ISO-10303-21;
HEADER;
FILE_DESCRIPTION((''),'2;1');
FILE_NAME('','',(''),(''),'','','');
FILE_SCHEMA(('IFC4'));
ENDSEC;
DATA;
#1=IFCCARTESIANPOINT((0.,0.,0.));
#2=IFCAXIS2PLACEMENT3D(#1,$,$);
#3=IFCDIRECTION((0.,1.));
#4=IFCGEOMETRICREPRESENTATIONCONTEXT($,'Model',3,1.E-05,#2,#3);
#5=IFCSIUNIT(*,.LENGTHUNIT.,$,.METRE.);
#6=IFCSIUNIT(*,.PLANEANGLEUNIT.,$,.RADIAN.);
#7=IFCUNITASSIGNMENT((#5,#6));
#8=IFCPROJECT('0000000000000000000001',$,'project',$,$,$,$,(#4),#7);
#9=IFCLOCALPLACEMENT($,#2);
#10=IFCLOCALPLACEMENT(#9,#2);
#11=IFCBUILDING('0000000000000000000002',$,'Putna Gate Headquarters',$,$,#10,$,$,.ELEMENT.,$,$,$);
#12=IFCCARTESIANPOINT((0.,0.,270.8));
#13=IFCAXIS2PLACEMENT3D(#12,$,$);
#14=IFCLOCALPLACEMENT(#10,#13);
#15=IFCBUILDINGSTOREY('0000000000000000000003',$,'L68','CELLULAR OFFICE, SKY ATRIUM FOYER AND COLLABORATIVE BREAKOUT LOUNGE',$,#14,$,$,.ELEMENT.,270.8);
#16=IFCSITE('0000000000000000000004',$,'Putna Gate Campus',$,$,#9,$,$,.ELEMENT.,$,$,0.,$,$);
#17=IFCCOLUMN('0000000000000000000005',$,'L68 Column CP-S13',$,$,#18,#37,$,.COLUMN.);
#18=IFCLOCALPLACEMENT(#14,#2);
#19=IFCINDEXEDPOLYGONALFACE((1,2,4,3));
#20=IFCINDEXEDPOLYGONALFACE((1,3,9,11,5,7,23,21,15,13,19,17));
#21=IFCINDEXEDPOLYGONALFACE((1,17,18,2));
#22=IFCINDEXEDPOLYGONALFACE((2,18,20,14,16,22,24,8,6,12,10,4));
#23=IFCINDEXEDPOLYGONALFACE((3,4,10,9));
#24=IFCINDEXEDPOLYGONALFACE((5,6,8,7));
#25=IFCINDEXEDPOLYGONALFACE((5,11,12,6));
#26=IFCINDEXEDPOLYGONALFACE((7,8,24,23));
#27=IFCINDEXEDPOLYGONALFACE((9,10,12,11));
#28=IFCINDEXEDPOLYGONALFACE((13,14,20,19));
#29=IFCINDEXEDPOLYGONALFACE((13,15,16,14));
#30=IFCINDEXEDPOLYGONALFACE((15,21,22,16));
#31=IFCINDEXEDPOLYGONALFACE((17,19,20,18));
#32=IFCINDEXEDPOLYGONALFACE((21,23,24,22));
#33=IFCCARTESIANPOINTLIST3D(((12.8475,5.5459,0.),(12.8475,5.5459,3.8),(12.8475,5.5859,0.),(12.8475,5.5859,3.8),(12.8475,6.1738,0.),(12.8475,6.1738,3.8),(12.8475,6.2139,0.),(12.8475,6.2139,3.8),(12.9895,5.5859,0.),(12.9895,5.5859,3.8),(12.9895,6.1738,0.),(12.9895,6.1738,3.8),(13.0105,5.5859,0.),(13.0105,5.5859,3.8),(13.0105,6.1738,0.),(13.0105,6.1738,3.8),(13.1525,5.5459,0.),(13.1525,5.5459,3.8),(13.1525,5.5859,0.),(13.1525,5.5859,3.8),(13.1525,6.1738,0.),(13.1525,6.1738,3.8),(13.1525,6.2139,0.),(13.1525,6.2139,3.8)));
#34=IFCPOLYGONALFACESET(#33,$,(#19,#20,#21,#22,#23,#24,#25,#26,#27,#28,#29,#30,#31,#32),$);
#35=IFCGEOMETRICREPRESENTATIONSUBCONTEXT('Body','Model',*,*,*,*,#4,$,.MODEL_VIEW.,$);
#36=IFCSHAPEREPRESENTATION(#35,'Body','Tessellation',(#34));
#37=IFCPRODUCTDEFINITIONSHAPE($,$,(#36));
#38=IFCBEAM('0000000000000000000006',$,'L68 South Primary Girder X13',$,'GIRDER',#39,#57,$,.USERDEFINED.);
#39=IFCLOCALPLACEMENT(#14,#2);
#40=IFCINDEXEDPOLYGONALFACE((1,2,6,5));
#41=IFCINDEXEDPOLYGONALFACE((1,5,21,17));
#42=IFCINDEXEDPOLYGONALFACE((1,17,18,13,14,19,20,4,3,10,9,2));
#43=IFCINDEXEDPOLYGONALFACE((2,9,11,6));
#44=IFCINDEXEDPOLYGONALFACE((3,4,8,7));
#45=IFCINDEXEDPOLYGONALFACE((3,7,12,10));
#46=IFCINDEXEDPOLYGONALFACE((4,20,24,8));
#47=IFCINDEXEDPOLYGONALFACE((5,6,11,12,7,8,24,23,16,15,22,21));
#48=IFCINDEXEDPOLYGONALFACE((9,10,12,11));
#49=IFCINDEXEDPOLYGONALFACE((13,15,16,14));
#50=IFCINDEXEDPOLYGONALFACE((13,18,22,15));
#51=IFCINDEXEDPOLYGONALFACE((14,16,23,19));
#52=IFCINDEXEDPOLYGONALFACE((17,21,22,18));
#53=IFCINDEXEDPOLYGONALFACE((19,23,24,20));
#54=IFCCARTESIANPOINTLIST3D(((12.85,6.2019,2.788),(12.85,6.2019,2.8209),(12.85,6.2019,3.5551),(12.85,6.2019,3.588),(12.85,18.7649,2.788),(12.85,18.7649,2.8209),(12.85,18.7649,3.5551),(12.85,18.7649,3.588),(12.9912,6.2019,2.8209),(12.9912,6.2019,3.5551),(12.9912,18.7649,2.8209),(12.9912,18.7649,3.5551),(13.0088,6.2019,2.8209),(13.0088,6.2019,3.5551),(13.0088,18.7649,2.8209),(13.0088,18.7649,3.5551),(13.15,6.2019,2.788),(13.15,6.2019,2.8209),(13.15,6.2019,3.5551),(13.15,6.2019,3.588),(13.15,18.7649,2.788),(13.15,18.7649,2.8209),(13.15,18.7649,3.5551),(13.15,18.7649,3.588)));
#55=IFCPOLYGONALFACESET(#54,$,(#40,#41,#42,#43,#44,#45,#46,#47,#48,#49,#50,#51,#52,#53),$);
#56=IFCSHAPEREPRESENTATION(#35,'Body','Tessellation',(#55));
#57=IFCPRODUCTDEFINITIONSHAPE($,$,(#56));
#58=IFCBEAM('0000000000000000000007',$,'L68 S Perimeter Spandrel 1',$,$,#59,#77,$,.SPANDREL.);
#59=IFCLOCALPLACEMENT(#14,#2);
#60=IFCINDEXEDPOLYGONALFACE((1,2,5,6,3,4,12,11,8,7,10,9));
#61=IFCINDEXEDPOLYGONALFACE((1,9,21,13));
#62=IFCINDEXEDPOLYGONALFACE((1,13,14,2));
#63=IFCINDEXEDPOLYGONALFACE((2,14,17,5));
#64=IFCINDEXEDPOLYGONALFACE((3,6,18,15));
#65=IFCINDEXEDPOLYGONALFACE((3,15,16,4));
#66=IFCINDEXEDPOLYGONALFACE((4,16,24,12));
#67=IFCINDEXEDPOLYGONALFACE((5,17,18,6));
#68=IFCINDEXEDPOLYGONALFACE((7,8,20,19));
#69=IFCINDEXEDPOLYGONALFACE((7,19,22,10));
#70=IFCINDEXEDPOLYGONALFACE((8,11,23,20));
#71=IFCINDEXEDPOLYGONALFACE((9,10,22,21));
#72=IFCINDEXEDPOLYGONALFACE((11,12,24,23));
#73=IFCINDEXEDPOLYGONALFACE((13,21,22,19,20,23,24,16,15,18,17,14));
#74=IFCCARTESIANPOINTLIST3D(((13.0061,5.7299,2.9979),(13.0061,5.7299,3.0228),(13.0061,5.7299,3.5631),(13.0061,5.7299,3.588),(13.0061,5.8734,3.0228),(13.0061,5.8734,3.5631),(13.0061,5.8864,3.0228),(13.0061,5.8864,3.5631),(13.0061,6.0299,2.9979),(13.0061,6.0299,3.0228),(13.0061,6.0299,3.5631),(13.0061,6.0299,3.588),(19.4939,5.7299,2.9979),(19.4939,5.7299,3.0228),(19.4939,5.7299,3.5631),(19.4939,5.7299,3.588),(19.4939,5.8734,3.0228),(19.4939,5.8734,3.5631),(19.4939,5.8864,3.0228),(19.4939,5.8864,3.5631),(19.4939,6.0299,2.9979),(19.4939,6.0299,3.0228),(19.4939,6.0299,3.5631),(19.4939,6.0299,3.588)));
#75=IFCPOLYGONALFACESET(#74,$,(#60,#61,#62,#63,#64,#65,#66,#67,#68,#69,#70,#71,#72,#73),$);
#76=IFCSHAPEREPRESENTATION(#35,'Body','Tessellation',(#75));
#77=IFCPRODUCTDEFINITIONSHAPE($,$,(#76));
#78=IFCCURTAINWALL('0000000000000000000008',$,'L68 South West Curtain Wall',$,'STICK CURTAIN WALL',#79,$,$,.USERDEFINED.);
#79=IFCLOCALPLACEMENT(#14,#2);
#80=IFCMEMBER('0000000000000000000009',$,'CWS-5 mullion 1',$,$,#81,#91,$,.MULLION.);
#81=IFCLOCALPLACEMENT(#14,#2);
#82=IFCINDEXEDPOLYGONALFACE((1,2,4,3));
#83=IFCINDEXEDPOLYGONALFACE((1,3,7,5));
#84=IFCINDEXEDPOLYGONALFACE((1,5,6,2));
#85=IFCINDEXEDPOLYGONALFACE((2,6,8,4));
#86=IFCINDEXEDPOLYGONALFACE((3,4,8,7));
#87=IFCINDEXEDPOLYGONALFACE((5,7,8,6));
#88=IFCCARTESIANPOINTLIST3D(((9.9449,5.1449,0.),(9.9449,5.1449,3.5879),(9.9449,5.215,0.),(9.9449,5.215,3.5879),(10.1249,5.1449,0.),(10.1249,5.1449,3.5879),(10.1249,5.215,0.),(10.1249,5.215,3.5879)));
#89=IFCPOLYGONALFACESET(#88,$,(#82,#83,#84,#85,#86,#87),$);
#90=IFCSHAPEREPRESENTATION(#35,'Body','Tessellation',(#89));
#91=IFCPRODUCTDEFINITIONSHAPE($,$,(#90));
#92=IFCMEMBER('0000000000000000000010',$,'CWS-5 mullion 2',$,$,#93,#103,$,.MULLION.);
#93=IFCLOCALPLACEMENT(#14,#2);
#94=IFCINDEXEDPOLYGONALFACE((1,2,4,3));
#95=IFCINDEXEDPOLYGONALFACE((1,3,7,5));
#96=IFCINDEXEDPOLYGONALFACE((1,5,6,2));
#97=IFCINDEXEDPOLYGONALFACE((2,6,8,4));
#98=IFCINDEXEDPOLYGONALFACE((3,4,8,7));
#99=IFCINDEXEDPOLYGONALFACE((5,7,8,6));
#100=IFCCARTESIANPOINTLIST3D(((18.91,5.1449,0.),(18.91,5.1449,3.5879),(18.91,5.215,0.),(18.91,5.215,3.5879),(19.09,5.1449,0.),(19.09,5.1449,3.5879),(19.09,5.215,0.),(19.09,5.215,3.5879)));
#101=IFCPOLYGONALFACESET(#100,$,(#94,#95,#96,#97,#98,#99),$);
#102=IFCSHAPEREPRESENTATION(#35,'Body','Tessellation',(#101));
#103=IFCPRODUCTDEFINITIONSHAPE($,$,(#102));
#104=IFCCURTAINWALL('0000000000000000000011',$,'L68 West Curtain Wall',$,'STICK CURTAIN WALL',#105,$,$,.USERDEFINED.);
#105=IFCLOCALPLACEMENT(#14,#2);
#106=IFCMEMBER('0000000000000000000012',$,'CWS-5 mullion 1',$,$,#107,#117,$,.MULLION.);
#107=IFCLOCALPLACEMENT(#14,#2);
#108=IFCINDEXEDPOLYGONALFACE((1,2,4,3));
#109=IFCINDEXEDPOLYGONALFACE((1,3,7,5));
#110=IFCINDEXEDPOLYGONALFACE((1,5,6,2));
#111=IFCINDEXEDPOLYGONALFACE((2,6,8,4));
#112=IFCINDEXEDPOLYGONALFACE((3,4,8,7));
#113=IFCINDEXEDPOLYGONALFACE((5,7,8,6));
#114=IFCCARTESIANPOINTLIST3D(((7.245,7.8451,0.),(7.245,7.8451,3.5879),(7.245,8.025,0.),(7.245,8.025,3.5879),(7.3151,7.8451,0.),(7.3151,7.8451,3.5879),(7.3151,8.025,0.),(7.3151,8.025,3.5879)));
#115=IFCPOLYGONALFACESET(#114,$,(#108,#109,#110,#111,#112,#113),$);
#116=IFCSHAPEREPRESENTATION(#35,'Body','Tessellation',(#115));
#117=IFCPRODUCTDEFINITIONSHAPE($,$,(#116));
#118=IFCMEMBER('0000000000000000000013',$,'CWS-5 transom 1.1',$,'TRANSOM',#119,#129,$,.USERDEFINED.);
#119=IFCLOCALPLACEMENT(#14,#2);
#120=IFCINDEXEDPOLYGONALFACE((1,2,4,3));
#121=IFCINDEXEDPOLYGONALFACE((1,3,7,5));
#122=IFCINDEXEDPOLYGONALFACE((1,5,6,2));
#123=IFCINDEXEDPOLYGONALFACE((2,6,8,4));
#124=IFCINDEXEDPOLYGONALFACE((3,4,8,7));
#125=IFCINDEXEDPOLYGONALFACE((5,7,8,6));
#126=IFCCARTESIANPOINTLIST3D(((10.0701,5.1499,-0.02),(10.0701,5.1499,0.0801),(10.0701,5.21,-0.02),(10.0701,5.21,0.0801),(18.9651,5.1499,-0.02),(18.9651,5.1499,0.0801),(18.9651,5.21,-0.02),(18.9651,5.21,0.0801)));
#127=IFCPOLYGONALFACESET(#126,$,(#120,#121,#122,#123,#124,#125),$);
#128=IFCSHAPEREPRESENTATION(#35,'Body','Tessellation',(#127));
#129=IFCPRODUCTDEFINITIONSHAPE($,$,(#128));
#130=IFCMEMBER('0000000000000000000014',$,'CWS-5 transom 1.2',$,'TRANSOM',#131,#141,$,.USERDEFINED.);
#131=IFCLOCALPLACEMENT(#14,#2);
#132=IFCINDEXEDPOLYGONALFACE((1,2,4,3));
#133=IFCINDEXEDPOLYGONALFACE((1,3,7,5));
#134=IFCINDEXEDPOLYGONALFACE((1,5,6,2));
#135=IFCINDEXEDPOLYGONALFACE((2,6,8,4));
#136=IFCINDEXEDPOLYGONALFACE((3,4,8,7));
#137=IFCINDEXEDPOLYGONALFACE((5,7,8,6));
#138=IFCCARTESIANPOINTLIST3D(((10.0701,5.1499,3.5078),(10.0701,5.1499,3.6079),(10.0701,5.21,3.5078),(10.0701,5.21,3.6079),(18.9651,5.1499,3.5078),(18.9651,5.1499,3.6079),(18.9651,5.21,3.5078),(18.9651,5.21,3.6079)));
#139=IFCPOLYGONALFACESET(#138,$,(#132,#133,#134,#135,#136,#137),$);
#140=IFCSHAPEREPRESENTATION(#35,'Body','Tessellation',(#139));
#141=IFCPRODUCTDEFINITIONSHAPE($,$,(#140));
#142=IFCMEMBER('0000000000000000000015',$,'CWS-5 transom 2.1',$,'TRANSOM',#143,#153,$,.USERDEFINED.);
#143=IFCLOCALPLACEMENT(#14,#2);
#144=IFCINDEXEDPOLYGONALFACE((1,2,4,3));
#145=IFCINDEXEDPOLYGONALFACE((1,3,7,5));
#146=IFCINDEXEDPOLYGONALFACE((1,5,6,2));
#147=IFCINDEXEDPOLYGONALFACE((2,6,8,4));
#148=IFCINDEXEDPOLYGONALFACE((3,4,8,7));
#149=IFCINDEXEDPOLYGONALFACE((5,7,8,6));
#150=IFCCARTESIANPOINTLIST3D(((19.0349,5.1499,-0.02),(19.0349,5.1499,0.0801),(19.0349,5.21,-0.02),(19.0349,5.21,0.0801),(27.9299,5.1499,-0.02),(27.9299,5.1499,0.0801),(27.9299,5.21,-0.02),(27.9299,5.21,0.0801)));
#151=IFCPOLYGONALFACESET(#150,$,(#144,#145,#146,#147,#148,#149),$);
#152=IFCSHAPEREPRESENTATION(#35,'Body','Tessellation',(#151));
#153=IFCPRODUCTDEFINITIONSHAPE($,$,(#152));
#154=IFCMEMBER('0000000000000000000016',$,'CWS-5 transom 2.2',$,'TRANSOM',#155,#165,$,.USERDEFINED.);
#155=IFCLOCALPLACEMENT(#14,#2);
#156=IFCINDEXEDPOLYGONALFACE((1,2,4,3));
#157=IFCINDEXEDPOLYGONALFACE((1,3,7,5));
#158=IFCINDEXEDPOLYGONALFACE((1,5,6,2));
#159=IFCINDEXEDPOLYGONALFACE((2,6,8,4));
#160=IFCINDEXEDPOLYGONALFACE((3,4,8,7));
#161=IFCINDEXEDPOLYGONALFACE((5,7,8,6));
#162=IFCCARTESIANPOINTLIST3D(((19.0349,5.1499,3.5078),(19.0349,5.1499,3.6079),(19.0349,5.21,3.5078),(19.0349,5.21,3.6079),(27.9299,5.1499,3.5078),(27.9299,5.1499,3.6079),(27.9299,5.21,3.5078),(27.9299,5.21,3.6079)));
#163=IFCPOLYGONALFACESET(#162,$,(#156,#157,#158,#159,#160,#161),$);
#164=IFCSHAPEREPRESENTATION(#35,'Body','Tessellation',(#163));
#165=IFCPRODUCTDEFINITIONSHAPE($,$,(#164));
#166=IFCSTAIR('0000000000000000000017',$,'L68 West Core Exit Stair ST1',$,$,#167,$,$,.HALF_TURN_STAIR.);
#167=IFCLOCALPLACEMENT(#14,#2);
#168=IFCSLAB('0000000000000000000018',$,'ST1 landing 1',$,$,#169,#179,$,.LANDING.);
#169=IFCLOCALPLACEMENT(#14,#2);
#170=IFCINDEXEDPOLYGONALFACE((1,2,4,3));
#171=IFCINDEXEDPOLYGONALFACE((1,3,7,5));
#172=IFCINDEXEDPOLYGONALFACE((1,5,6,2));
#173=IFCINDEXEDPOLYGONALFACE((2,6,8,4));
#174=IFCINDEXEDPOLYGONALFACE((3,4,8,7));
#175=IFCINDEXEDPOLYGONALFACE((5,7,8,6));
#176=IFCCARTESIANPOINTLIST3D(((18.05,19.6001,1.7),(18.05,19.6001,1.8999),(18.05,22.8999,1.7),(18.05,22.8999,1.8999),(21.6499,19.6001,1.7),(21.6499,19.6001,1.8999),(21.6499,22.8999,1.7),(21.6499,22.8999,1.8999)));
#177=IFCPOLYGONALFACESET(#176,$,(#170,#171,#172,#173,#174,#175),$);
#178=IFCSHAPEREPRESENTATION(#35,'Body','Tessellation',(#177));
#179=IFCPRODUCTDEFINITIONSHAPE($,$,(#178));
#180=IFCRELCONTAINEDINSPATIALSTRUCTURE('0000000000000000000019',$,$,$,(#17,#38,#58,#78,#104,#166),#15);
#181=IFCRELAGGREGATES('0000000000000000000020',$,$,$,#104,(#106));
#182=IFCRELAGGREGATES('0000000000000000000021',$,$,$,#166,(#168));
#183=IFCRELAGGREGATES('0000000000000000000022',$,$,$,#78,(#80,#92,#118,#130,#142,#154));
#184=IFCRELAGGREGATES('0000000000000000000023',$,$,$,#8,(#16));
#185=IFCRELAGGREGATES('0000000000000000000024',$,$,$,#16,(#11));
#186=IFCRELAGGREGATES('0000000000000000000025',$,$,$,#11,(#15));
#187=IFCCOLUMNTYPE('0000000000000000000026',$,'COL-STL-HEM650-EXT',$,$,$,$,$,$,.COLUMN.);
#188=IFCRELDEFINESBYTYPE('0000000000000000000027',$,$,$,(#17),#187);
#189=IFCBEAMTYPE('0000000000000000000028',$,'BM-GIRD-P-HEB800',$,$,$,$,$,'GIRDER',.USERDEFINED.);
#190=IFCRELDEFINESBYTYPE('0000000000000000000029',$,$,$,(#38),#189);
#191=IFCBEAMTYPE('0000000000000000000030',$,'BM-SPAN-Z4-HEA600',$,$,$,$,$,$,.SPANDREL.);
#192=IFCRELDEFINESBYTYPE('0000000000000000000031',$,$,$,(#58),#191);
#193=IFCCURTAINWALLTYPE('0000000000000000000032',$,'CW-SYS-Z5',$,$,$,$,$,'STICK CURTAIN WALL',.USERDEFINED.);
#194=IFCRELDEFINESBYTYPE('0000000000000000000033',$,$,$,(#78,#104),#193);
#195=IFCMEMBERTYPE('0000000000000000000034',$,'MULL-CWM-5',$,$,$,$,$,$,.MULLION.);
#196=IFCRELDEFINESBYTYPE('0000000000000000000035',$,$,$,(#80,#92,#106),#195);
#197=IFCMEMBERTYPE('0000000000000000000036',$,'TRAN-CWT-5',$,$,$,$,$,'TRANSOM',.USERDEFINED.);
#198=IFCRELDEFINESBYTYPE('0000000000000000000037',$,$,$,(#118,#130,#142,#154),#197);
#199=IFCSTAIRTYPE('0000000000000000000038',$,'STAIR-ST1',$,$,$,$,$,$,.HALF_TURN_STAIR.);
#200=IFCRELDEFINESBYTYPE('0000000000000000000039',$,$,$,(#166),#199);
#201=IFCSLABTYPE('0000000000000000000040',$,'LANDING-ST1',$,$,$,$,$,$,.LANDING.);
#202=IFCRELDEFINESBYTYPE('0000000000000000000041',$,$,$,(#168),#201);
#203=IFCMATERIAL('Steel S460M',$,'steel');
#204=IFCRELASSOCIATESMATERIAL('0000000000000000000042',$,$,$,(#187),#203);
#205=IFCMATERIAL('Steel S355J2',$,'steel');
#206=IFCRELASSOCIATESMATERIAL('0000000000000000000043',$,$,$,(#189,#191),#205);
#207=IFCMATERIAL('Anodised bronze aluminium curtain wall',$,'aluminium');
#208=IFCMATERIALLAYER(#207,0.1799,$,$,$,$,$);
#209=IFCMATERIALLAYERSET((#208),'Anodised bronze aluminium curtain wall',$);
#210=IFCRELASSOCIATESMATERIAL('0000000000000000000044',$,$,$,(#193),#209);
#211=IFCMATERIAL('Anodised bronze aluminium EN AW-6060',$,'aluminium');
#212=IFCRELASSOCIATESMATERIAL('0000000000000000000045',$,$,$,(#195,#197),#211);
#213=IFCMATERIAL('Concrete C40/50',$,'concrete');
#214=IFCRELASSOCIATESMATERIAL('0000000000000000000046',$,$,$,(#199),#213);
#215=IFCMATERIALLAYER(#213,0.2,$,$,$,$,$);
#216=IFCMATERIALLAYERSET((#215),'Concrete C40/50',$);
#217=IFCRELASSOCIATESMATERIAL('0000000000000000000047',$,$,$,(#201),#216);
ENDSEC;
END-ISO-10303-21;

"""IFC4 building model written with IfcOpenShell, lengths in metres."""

from ifc_helpers import new_model, si_unit, direction, frame, origin, origin_2d, place, context, subcontext, project, spatial, polyline, rectangle, i_section, outline, extrude, material, layer, layer_set, material_profile, profile_set, type_object, element, aggregate, save


model = new_model("IFC4")

# Units and contexts
model_context = context("Model", 3, precision=1e-05, world=origin(), true_north=direction((0.0, 1.0)))
body_context = subcontext(model_context, "Body", "Model", "MODEL_VIEW")
ifc_project = project(units=[si_unit("LENGTHUNIT", "METRE"), si_unit("PLANEANGLEUNIT", "RADIAN")], contexts=[model_context])

# Site, building, storey
site_placement = place(None, origin())
site = spatial("IfcSite", under=ifc_project, at=site_placement, Name="Putna Gate Campus", CompositionType="ELEMENT", RefElevation=0.0)
building_placement = place(site_placement, origin())
building = spatial("IfcBuilding", under=site, at=building_placement, Name="Putna Gate Headquarters", CompositionType="ELEMENT")
storey_placement = place(building_placement, frame((0.0, 0.0, 270.8)))
storey = spatial("IfcBuildingStorey", under=building, at=storey_placement, Name="L68", Description="CELLULAR OFFICE, SKY ATRIUM FOYER AND COLLABORATIVE BREAKOUT LOUNGE", CompositionType="ELEMENT", Elevation=270.8)

# Column
ifc_material_1 = material(Name="Steel S460M", Category="steel")
ifc_material_profile_1 = material_profile(ifc_material_1, i_section(OverallWidth=0.3049, OverallDepth=0.668, WebThickness=0.021, FlangeThickness=0.04, at=origin_2d()), Name="Steel S460M")
ifc_profile_set_1 = profile_set([ifc_material_profile_1], Name="Steel S460M")
column_type = type_object("IfcColumnType", Name="COL-STL-HEM650-EXT", PredefinedType="COLUMN", material=ifc_profile_set_1)
column_placement = place(storey_placement, frame((13.0, 5.8799, 0.0), z_axis=(0.0, 0.0, 1.0), x_axis=(1.0, 0.0, 0.0)))
element("IfcColumn", 1, at=column_placement, inside=storey, type_object=column_type, Name="L68 Column CP-S13", PredefinedType="COLUMN", context=body_context, shape_type="SweptSolid", body=[
    extrude(i_section(OverallWidth=0.3049, OverallDepth=0.668, WebThickness=0.021, FlangeThickness=0.04, at=origin_2d()), origin(), (0.0, 0.0, 1.0), 3.8),
])

# Beams
ifc_material_2 = material(Name="Steel S355J2", Category="steel")
ifc_material_profile_2 = material_profile(ifc_material_2, i_section(OverallWidth=0.3, OverallDepth=0.8, WebThickness=0.0176, FlangeThickness=0.033, at=origin_2d()), Name="Steel S355J2")
ifc_profile_set_2 = profile_set([ifc_material_profile_2], Name="Steel S355J2")
beam_type_1 = type_object("IfcBeamType", Name="BM-GIRD-P-HEB800", ElementType="GIRDER", PredefinedType="USERDEFINED", material=ifc_profile_set_2)
beam_1_placement = place(storey_placement, frame((13.0, 6.2019, 3.188), z_axis=(0.0, 1.0, 0.0), x_axis=(-1.0, 0.0, 0.0)))
element("IfcBeam", 2, at=beam_1_placement, inside=storey, type_object=beam_type_1, Name="L68 South Primary Girder X13", ObjectType="GIRDER", PredefinedType="USERDEFINED", context=body_context, shape_type="SweptSolid", body=[
    extrude(i_section(OverallWidth=0.3, OverallDepth=0.8, WebThickness=0.0176, FlangeThickness=0.033, at=origin_2d()), origin(), (0.0, 0.0, 1.0), 12.563),
])
ifc_material_profile_3 = material_profile(ifc_material_2, i_section(OverallWidth=0.3, OverallDepth=0.5901, WebThickness=0.0129, FlangeThickness=0.0249, at=origin_2d()), Name="Steel S355J2")
ifc_profile_set_3 = profile_set([ifc_material_profile_3], Name="Steel S355J2")
beam_type_2 = type_object("IfcBeamType", Name="BM-SPAN-Z4-HEA600", PredefinedType="SPANDREL", material=ifc_profile_set_3)
beam_2_placement = place(storey_placement, frame((13.0061, 5.8799, 3.293), z_axis=(1.0, 0.0, 0.0), x_axis=(0.0, 1.0, 0.0)))
element("IfcBeam", 3, at=beam_2_placement, inside=storey, type_object=beam_type_2, Name="L68 S Perimeter Spandrel 1", PredefinedType="SPANDREL", context=body_context, shape_type="SweptSolid", body=[
    extrude(i_section(OverallWidth=0.3, OverallDepth=0.5901, WebThickness=0.0129, FlangeThickness=0.0249, at=origin_2d()), origin(), (0.0, 0.0, 1.0), 6.4878),
])

# Curtain wall, members
ifc_material_3 = material(Name="Anodised bronze aluminium curtain wall", Category="aluminium")
ifc_layer_1 = layer(ifc_material_3, 0.1799)
ifc_layer_set_1 = layer_set([ifc_layer_1], Name="Anodised bronze aluminium curtain wall")
curtain_wall_type = type_object("IfcCurtainWallType", Name="CW-SYS-Z5", ElementType="STICK CURTAIN WALL", PredefinedType="USERDEFINED", material=ifc_layer_set_1)
curtain_wall_1_placement = place(storey_placement, origin())
curtain_wall_1 = element("IfcCurtainWall", 4, at=curtain_wall_1_placement, inside=storey, type_object=curtain_wall_type, Name="L68 South West Curtain Wall", ObjectType="STICK CURTAIN WALL", PredefinedType="USERDEFINED")
ifc_material_4 = material(Name="Anodised bronze aluminium EN AW-6060", Category="aluminium")
ifc_material_profile_4 = material_profile(ifc_material_4, rectangle(XDim=0.0701, YDim=0.1799, at=origin_2d()), Name="Anodised bronze aluminium EN AW-6060")
ifc_profile_set_4 = profile_set([ifc_material_profile_4], Name="Anodised bronze aluminium EN AW-6060")
member_type_1 = type_object("IfcMemberType", Name="MULL-CWM-5", PredefinedType="MULLION", material=ifc_profile_set_4)
member_1_placement = place(storey_placement, frame((10.0349, 5.1799, 0.0), z_axis=(0.0, 0.0, 1.0), x_axis=(0.0, 1.0, 0.0)))
member_1 = element("IfcMember", 5, at=member_1_placement, type_object=member_type_1, Name="CWS-5 mullion 1", PredefinedType="MULLION", context=body_context, shape_type="SweptSolid", body=[
    extrude(rectangle(XDim=0.0701, YDim=0.1799, at=origin_2d()), origin(), (0.0, 0.0, 1.0), 3.5879),
])
member_2_placement = place(storey_placement, frame((19.0, 5.1799, 0.0), z_axis=(0.0, 0.0, 1.0), x_axis=(0.0, 1.0, 0.0)))
member_2 = element("IfcMember", 6, at=member_2_placement, type_object=member_type_1, Name="CWS-5 mullion 2", PredefinedType="MULLION", context=body_context, shape_type="SweptSolid", body=[
    extrude(rectangle(XDim=0.0701, YDim=0.1799, at=origin_2d()), origin(), (0.0, 0.0, 1.0), 3.5879),
])

# Curtain wall, member
curtain_wall_2_placement = place(storey_placement, origin())
curtain_wall_2 = element("IfcCurtainWall", 7, at=curtain_wall_2_placement, inside=storey, type_object=curtain_wall_type, Name="L68 West Curtain Wall", ObjectType="STICK CURTAIN WALL", PredefinedType="USERDEFINED")
member_3_placement = place(storey_placement, frame((7.28, 7.9351, 0.0), z_axis=(0.0, 0.0, 1.0), x_axis=(-1.0, 0.0, 0.0)))
member_3 = element("IfcMember", 8, at=member_3_placement, type_object=member_type_1, Name="CWS-5 mullion 1", PredefinedType="MULLION", context=body_context, shape_type="SweptSolid", body=[
    extrude(rectangle(XDim=0.0701, YDim=0.1799, at=origin_2d()), origin(), (0.0, 0.0, 1.0), 3.5879),
])
aggregate(curtain_wall_2, [member_3])

# Members
ifc_material_profile_5 = material_profile(ifc_material_4, rectangle(XDim=0.0601, YDim=0.1001, at=origin_2d()), Name="Anodised bronze aluminium EN AW-6060")
ifc_profile_set_5 = profile_set([ifc_material_profile_5], Name="Anodised bronze aluminium EN AW-6060")
member_type_2 = type_object("IfcMemberType", Name="TRAN-CWT-5", ElementType="TRANSOM", PredefinedType="USERDEFINED", material=ifc_profile_set_5)
member_4_placement = place(storey_placement, frame((10.0701, 5.1799, 0.03), z_axis=(1.0, 0.0, 0.0), x_axis=(0.0, 1.0, 0.0)))
member_4 = element("IfcMember", 9, at=member_4_placement, type_object=member_type_2, Name="CWS-5 transom 1.1", ObjectType="TRANSOM", PredefinedType="USERDEFINED", context=body_context, shape_type="SweptSolid", body=[
    extrude(rectangle(XDim=0.0601, YDim=0.1001, at=origin_2d()), origin(), (0.0, 0.0, 1.0), 8.895),
])
member_5_placement = place(storey_placement, frame((10.0701, 5.1799, 3.5579), z_axis=(1.0, 0.0, 0.0), x_axis=(0.0, 1.0, 0.0)))
member_5 = element("IfcMember", 10, at=member_5_placement, type_object=member_type_2, Name="CWS-5 transom 1.2", ObjectType="TRANSOM", PredefinedType="USERDEFINED", context=body_context, shape_type="SweptSolid", body=[
    extrude(rectangle(XDim=0.0601, YDim=0.1001, at=origin_2d()), origin(), (0.0, 0.0, 1.0), 8.895),
])
member_6_placement = place(storey_placement, frame((19.0349, 5.1799, 0.03), z_axis=(1.0, 0.0, 0.0), x_axis=(0.0, 1.0, 0.0)))
member_6 = element("IfcMember", 11, at=member_6_placement, type_object=member_type_2, Name="CWS-5 transom 2.1", ObjectType="TRANSOM", PredefinedType="USERDEFINED", context=body_context, shape_type="SweptSolid", body=[
    extrude(rectangle(XDim=0.0601, YDim=0.1001, at=origin_2d()), origin(), (0.0, 0.0, 1.0), 8.895),
])
member_7_placement = place(storey_placement, frame((19.0349, 5.1799, 3.5579), z_axis=(1.0, 0.0, 0.0), x_axis=(0.0, 1.0, 0.0)))
member_7 = element("IfcMember", 12, at=member_7_placement, type_object=member_type_2, Name="CWS-5 transom 2.2", ObjectType="TRANSOM", PredefinedType="USERDEFINED", context=body_context, shape_type="SweptSolid", body=[
    extrude(rectangle(XDim=0.0601, YDim=0.1001, at=origin_2d()), origin(), (0.0, 0.0, 1.0), 8.895),
])

# Stair, slab
ifc_material_5 = material(Name="Concrete C40/50", Category="concrete")
stair_type_1 = type_object("IfcStairType", Name="STAIR-ST1", PredefinedType="HALF_TURN_STAIR", material=ifc_material_5)
stair_1_placement = place(storey_placement, origin())
stair_1 = element("IfcStair", 13, at=stair_1_placement, inside=storey, type_object=stair_type_1, Name="L68 West Core Exit Stair ST1", PredefinedType="HALF_TURN_STAIR")
ifc_layer_2 = layer(ifc_material_5, 0.2)
ifc_layer_set_2 = layer_set([ifc_layer_2], Name="Concrete C40/50")
slab_type_1 = type_object("IfcSlabType", Name="LANDING-ST1", PredefinedType="LANDING", material=ifc_layer_set_2)
slab_1_placement = place(storey_placement, frame((0.0, 0.0, 1.7)))
slab_1 = element("IfcSlab", 14, at=slab_1_placement, type_object=slab_type_1, Name="ST1 landing 1", PredefinedType="LANDING", context=body_context, shape_type="SweptSolid", body=[
    extrude(outline(polyline([(18.05, 19.6001), (21.6499, 19.6001), (21.6499, 22.8999), (18.05, 22.8999), (18.05, 19.6001)])), origin(), (0.0, 0.0, 1.0), 0.2),
])
aggregate(stair_1, [slab_1])

aggregate(curtain_wall_1, [member_1, member_2, member_4, member_5, member_6, member_7])

save(model, "model.ifc")
